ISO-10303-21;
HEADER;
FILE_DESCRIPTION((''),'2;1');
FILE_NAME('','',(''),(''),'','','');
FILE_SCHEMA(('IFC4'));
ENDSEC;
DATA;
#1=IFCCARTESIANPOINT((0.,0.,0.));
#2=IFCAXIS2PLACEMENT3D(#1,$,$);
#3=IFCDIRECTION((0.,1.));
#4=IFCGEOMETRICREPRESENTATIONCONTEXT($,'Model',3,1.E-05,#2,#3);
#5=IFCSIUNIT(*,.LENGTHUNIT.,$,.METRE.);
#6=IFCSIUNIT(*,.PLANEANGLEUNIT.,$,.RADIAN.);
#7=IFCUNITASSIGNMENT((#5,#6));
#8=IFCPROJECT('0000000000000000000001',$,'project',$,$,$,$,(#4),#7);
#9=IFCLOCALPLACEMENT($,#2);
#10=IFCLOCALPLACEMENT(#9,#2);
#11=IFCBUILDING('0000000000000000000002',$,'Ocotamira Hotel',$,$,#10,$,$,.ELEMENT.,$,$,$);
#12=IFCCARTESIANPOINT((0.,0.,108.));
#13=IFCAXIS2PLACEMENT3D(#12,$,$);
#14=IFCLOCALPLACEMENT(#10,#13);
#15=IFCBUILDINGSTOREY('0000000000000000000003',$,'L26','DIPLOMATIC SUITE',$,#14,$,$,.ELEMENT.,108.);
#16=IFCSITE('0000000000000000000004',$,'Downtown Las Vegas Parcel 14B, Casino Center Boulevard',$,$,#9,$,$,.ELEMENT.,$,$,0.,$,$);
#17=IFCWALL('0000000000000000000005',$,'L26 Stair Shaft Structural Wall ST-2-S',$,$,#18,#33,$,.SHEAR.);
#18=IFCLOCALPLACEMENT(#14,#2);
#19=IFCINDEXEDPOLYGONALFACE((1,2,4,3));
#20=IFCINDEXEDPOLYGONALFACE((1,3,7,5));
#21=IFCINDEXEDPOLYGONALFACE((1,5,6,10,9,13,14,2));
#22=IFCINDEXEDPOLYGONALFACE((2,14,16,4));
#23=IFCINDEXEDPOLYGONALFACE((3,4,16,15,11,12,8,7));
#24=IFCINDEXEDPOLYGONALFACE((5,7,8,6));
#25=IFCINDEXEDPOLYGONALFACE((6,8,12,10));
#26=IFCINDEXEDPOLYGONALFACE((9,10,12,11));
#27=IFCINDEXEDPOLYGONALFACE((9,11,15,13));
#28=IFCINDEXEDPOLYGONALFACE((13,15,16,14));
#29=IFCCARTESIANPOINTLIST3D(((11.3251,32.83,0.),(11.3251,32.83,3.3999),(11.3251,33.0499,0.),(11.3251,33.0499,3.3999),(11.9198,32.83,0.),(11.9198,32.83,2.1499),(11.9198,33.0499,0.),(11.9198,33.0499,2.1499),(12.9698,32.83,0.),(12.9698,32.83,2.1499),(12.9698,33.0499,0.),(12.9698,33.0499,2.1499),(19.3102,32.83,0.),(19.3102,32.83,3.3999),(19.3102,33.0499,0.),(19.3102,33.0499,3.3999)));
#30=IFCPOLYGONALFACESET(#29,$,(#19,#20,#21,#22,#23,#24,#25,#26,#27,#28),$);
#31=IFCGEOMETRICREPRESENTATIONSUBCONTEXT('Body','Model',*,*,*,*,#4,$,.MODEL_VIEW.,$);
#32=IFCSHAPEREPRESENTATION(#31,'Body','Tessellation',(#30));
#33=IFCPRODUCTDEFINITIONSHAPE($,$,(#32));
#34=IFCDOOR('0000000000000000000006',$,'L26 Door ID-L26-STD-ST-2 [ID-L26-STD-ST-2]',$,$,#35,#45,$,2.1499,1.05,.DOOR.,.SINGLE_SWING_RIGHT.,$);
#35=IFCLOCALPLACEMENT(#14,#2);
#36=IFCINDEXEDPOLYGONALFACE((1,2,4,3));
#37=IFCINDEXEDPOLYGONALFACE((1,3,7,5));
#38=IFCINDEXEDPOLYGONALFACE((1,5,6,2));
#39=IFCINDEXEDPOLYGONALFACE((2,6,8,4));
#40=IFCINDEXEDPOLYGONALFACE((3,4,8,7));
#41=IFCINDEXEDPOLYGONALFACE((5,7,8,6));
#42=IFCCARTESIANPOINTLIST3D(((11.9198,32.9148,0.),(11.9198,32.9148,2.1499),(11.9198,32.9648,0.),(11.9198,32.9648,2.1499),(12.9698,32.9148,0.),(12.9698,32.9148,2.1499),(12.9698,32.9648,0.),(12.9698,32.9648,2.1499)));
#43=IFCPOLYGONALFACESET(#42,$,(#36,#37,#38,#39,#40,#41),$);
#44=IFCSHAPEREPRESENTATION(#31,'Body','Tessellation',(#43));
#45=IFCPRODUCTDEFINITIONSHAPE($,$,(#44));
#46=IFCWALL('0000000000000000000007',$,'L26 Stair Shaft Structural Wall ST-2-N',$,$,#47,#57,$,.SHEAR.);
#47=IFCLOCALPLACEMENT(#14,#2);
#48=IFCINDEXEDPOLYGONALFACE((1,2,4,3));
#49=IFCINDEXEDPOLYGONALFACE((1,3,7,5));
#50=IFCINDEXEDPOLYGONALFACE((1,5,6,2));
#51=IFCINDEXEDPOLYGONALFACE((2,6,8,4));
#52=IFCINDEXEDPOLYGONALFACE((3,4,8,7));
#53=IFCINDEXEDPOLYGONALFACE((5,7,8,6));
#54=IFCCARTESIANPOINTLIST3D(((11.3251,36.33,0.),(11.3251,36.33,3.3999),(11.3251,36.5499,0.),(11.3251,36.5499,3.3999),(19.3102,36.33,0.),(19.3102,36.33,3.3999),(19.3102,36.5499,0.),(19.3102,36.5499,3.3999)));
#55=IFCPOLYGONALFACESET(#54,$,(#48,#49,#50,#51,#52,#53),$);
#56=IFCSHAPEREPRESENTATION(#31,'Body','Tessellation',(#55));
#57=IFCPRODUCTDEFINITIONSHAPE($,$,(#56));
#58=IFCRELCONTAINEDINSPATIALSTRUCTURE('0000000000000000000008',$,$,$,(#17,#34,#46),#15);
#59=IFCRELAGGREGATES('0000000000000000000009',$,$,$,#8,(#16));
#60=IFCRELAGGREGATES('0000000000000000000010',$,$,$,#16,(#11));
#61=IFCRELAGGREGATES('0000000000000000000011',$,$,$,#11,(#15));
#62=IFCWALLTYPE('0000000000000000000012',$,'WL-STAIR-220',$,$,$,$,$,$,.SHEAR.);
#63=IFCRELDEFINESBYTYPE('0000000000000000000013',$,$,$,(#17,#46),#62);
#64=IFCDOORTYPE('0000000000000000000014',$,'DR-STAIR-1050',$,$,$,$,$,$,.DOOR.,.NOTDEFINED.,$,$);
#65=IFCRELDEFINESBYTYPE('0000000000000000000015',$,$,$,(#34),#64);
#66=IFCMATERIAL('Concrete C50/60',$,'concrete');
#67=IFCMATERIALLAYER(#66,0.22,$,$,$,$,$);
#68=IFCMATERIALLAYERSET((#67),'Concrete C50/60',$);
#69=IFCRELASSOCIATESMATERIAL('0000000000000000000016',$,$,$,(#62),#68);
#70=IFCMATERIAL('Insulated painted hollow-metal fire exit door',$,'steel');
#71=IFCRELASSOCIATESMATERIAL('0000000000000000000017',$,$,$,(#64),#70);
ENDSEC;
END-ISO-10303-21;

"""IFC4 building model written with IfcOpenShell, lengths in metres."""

from ifc_helpers import new_model, si_unit, direction, frame, frame_2d, origin, place, context, subcontext, project, spatial, rectangle, extrude, source, transform, mapped, material, layer, layer_set, type_object, element, fill, save


model = new_model("IFC4")

# Units and contexts
model_context = context("Model", 3, precision=1e-05, world=origin(), true_north=direction((0.0, 1.0)))
body_context = subcontext(model_context, "Body", "Model", "MODEL_VIEW")
ifc_project = project(units=[si_unit("LENGTHUNIT", "METRE"), si_unit("PLANEANGLEUNIT", "RADIAN")], contexts=[model_context])

# Site, building, storey
site_placement = place(None, origin())
site = spatial("IfcSite", under=ifc_project, at=site_placement, Name="Downtown Las Vegas Parcel 14B, Casino Center Boulevard", CompositionType="ELEMENT", RefElevation=0.0)
building_placement = place(site_placement, origin())
building = spatial("IfcBuilding", under=site, at=building_placement, Name="Ocotamira Hotel", CompositionType="ELEMENT")
storey_placement = place(building_placement, frame((0.0, 0.0, 108.0)))
storey = spatial("IfcBuildingStorey", under=building, at=storey_placement, Name="L26", Description="DIPLOMATIC SUITE", CompositionType="ELEMENT", Elevation=108.0)

# Wall, opening, door
ifc_material_1 = material(Name="Concrete C50/60", Category="concrete")
ifc_layer_1 = layer(ifc_material_1, 0.22)
ifc_layer_set_1 = layer_set([ifc_layer_1], Name="Concrete C50/60")
wall_type_1 = type_object("IfcWallType", Name="WL-STAIR-220", PredefinedType="SHEAR", material=ifc_layer_set_1)
wall_1_placement = place(storey_placement, frame((11.325, 32.9399, 0.0), z_axis=(0.0, 0.0, 1.0), x_axis=(1.0, 0.0, 0.0)))
wall_1 = element("IfcWall", 1, at=wall_1_placement, inside=storey, type_object=wall_type_1, Name="L26 Stair Shaft Structural Wall ST-2-S", PredefinedType="SHEAR", context=body_context, shape_type="SweptSolid", body=[
    extrude(rectangle(XDim=7.9851, YDim=0.22, at=frame_2d((3.9927, 0.0))), origin(), (0.0, 0.0, 1.0), 3.3999),
])
opening_1_placement = place(wall_1_placement, frame((0.595, 0.0, 0.0)))
opening_1 = element("IfcOpeningElement", 2, at=opening_1_placement, cuts=wall_1, PredefinedType="OPENING", context=body_context, shape_type="SweptSolid", body=[
    extrude(rectangle(XDim=1.05, YDim=2.1499, at=frame_2d((0.5249, 1.075))), frame((0.0, 0.1201, 0.0), z_axis=(0.0, -1.0, 0.0), x_axis=(1.0, 0.0, 0.0)), (0.0, 0.0, 1.0), 0.24),
])
ifc_material_2 = material(Name="Insulated painted hollow-metal fire exit door", Category="steel")
door_type_1 = type_object("IfcDoorType", Name="DR-STAIR-1050", OperationType="NOTDEFINED", PredefinedType="DOOR", material=ifc_material_2)
shared_shape_1 = source(origin(), body_context, "Body", "SweptSolid", [
    extrude(rectangle(XDim=1.05, YDim=2.1499, at=frame_2d((0.5249, 1.075))), frame((0.0, 0.0249, 0.0), z_axis=(0.0, -1.0, 0.0), x_axis=(1.0, 0.0, 0.0)), (0.0, 0.0, 1.0), 0.05),
])
door_1_placement = place(opening_1_placement, origin())
door_1 = element("IfcDoor", 3, at=door_1_placement, inside=storey, type_object=door_type_1, Name="L26 Door ID-L26-STD-ST-2 [ID-L26-STD-ST-2]", OperationType="SINGLE_SWING_RIGHT", OverallHeight=2.1499, OverallWidth=1.05, PredefinedType="DOOR", context=body_context, shape_type="MappedRepresentation", body=[
    mapped(shared_shape_1, transform((0.0, 0.0, 0.0), scale=1.0)),
])
fill(opening_1, door_1)

# Wall
wall_2_placement = place(storey_placement, frame((11.325, 36.4399, 0.0), z_axis=(0.0, 0.0, 1.0), x_axis=(1.0, 0.0, 0.0)))
element("IfcWall", 4, at=wall_2_placement, inside=storey, type_object=wall_type_1, Name="L26 Stair Shaft Structural Wall ST-2-N", PredefinedType="SHEAR", context=body_context, shape_type="SweptSolid", body=[
    extrude(rectangle(XDim=7.9851, YDim=0.22, at=frame_2d((3.9927, 0.0))), origin(), (0.0, 0.0, 1.0), 3.3999),
])

save(model, "model.ifc")
